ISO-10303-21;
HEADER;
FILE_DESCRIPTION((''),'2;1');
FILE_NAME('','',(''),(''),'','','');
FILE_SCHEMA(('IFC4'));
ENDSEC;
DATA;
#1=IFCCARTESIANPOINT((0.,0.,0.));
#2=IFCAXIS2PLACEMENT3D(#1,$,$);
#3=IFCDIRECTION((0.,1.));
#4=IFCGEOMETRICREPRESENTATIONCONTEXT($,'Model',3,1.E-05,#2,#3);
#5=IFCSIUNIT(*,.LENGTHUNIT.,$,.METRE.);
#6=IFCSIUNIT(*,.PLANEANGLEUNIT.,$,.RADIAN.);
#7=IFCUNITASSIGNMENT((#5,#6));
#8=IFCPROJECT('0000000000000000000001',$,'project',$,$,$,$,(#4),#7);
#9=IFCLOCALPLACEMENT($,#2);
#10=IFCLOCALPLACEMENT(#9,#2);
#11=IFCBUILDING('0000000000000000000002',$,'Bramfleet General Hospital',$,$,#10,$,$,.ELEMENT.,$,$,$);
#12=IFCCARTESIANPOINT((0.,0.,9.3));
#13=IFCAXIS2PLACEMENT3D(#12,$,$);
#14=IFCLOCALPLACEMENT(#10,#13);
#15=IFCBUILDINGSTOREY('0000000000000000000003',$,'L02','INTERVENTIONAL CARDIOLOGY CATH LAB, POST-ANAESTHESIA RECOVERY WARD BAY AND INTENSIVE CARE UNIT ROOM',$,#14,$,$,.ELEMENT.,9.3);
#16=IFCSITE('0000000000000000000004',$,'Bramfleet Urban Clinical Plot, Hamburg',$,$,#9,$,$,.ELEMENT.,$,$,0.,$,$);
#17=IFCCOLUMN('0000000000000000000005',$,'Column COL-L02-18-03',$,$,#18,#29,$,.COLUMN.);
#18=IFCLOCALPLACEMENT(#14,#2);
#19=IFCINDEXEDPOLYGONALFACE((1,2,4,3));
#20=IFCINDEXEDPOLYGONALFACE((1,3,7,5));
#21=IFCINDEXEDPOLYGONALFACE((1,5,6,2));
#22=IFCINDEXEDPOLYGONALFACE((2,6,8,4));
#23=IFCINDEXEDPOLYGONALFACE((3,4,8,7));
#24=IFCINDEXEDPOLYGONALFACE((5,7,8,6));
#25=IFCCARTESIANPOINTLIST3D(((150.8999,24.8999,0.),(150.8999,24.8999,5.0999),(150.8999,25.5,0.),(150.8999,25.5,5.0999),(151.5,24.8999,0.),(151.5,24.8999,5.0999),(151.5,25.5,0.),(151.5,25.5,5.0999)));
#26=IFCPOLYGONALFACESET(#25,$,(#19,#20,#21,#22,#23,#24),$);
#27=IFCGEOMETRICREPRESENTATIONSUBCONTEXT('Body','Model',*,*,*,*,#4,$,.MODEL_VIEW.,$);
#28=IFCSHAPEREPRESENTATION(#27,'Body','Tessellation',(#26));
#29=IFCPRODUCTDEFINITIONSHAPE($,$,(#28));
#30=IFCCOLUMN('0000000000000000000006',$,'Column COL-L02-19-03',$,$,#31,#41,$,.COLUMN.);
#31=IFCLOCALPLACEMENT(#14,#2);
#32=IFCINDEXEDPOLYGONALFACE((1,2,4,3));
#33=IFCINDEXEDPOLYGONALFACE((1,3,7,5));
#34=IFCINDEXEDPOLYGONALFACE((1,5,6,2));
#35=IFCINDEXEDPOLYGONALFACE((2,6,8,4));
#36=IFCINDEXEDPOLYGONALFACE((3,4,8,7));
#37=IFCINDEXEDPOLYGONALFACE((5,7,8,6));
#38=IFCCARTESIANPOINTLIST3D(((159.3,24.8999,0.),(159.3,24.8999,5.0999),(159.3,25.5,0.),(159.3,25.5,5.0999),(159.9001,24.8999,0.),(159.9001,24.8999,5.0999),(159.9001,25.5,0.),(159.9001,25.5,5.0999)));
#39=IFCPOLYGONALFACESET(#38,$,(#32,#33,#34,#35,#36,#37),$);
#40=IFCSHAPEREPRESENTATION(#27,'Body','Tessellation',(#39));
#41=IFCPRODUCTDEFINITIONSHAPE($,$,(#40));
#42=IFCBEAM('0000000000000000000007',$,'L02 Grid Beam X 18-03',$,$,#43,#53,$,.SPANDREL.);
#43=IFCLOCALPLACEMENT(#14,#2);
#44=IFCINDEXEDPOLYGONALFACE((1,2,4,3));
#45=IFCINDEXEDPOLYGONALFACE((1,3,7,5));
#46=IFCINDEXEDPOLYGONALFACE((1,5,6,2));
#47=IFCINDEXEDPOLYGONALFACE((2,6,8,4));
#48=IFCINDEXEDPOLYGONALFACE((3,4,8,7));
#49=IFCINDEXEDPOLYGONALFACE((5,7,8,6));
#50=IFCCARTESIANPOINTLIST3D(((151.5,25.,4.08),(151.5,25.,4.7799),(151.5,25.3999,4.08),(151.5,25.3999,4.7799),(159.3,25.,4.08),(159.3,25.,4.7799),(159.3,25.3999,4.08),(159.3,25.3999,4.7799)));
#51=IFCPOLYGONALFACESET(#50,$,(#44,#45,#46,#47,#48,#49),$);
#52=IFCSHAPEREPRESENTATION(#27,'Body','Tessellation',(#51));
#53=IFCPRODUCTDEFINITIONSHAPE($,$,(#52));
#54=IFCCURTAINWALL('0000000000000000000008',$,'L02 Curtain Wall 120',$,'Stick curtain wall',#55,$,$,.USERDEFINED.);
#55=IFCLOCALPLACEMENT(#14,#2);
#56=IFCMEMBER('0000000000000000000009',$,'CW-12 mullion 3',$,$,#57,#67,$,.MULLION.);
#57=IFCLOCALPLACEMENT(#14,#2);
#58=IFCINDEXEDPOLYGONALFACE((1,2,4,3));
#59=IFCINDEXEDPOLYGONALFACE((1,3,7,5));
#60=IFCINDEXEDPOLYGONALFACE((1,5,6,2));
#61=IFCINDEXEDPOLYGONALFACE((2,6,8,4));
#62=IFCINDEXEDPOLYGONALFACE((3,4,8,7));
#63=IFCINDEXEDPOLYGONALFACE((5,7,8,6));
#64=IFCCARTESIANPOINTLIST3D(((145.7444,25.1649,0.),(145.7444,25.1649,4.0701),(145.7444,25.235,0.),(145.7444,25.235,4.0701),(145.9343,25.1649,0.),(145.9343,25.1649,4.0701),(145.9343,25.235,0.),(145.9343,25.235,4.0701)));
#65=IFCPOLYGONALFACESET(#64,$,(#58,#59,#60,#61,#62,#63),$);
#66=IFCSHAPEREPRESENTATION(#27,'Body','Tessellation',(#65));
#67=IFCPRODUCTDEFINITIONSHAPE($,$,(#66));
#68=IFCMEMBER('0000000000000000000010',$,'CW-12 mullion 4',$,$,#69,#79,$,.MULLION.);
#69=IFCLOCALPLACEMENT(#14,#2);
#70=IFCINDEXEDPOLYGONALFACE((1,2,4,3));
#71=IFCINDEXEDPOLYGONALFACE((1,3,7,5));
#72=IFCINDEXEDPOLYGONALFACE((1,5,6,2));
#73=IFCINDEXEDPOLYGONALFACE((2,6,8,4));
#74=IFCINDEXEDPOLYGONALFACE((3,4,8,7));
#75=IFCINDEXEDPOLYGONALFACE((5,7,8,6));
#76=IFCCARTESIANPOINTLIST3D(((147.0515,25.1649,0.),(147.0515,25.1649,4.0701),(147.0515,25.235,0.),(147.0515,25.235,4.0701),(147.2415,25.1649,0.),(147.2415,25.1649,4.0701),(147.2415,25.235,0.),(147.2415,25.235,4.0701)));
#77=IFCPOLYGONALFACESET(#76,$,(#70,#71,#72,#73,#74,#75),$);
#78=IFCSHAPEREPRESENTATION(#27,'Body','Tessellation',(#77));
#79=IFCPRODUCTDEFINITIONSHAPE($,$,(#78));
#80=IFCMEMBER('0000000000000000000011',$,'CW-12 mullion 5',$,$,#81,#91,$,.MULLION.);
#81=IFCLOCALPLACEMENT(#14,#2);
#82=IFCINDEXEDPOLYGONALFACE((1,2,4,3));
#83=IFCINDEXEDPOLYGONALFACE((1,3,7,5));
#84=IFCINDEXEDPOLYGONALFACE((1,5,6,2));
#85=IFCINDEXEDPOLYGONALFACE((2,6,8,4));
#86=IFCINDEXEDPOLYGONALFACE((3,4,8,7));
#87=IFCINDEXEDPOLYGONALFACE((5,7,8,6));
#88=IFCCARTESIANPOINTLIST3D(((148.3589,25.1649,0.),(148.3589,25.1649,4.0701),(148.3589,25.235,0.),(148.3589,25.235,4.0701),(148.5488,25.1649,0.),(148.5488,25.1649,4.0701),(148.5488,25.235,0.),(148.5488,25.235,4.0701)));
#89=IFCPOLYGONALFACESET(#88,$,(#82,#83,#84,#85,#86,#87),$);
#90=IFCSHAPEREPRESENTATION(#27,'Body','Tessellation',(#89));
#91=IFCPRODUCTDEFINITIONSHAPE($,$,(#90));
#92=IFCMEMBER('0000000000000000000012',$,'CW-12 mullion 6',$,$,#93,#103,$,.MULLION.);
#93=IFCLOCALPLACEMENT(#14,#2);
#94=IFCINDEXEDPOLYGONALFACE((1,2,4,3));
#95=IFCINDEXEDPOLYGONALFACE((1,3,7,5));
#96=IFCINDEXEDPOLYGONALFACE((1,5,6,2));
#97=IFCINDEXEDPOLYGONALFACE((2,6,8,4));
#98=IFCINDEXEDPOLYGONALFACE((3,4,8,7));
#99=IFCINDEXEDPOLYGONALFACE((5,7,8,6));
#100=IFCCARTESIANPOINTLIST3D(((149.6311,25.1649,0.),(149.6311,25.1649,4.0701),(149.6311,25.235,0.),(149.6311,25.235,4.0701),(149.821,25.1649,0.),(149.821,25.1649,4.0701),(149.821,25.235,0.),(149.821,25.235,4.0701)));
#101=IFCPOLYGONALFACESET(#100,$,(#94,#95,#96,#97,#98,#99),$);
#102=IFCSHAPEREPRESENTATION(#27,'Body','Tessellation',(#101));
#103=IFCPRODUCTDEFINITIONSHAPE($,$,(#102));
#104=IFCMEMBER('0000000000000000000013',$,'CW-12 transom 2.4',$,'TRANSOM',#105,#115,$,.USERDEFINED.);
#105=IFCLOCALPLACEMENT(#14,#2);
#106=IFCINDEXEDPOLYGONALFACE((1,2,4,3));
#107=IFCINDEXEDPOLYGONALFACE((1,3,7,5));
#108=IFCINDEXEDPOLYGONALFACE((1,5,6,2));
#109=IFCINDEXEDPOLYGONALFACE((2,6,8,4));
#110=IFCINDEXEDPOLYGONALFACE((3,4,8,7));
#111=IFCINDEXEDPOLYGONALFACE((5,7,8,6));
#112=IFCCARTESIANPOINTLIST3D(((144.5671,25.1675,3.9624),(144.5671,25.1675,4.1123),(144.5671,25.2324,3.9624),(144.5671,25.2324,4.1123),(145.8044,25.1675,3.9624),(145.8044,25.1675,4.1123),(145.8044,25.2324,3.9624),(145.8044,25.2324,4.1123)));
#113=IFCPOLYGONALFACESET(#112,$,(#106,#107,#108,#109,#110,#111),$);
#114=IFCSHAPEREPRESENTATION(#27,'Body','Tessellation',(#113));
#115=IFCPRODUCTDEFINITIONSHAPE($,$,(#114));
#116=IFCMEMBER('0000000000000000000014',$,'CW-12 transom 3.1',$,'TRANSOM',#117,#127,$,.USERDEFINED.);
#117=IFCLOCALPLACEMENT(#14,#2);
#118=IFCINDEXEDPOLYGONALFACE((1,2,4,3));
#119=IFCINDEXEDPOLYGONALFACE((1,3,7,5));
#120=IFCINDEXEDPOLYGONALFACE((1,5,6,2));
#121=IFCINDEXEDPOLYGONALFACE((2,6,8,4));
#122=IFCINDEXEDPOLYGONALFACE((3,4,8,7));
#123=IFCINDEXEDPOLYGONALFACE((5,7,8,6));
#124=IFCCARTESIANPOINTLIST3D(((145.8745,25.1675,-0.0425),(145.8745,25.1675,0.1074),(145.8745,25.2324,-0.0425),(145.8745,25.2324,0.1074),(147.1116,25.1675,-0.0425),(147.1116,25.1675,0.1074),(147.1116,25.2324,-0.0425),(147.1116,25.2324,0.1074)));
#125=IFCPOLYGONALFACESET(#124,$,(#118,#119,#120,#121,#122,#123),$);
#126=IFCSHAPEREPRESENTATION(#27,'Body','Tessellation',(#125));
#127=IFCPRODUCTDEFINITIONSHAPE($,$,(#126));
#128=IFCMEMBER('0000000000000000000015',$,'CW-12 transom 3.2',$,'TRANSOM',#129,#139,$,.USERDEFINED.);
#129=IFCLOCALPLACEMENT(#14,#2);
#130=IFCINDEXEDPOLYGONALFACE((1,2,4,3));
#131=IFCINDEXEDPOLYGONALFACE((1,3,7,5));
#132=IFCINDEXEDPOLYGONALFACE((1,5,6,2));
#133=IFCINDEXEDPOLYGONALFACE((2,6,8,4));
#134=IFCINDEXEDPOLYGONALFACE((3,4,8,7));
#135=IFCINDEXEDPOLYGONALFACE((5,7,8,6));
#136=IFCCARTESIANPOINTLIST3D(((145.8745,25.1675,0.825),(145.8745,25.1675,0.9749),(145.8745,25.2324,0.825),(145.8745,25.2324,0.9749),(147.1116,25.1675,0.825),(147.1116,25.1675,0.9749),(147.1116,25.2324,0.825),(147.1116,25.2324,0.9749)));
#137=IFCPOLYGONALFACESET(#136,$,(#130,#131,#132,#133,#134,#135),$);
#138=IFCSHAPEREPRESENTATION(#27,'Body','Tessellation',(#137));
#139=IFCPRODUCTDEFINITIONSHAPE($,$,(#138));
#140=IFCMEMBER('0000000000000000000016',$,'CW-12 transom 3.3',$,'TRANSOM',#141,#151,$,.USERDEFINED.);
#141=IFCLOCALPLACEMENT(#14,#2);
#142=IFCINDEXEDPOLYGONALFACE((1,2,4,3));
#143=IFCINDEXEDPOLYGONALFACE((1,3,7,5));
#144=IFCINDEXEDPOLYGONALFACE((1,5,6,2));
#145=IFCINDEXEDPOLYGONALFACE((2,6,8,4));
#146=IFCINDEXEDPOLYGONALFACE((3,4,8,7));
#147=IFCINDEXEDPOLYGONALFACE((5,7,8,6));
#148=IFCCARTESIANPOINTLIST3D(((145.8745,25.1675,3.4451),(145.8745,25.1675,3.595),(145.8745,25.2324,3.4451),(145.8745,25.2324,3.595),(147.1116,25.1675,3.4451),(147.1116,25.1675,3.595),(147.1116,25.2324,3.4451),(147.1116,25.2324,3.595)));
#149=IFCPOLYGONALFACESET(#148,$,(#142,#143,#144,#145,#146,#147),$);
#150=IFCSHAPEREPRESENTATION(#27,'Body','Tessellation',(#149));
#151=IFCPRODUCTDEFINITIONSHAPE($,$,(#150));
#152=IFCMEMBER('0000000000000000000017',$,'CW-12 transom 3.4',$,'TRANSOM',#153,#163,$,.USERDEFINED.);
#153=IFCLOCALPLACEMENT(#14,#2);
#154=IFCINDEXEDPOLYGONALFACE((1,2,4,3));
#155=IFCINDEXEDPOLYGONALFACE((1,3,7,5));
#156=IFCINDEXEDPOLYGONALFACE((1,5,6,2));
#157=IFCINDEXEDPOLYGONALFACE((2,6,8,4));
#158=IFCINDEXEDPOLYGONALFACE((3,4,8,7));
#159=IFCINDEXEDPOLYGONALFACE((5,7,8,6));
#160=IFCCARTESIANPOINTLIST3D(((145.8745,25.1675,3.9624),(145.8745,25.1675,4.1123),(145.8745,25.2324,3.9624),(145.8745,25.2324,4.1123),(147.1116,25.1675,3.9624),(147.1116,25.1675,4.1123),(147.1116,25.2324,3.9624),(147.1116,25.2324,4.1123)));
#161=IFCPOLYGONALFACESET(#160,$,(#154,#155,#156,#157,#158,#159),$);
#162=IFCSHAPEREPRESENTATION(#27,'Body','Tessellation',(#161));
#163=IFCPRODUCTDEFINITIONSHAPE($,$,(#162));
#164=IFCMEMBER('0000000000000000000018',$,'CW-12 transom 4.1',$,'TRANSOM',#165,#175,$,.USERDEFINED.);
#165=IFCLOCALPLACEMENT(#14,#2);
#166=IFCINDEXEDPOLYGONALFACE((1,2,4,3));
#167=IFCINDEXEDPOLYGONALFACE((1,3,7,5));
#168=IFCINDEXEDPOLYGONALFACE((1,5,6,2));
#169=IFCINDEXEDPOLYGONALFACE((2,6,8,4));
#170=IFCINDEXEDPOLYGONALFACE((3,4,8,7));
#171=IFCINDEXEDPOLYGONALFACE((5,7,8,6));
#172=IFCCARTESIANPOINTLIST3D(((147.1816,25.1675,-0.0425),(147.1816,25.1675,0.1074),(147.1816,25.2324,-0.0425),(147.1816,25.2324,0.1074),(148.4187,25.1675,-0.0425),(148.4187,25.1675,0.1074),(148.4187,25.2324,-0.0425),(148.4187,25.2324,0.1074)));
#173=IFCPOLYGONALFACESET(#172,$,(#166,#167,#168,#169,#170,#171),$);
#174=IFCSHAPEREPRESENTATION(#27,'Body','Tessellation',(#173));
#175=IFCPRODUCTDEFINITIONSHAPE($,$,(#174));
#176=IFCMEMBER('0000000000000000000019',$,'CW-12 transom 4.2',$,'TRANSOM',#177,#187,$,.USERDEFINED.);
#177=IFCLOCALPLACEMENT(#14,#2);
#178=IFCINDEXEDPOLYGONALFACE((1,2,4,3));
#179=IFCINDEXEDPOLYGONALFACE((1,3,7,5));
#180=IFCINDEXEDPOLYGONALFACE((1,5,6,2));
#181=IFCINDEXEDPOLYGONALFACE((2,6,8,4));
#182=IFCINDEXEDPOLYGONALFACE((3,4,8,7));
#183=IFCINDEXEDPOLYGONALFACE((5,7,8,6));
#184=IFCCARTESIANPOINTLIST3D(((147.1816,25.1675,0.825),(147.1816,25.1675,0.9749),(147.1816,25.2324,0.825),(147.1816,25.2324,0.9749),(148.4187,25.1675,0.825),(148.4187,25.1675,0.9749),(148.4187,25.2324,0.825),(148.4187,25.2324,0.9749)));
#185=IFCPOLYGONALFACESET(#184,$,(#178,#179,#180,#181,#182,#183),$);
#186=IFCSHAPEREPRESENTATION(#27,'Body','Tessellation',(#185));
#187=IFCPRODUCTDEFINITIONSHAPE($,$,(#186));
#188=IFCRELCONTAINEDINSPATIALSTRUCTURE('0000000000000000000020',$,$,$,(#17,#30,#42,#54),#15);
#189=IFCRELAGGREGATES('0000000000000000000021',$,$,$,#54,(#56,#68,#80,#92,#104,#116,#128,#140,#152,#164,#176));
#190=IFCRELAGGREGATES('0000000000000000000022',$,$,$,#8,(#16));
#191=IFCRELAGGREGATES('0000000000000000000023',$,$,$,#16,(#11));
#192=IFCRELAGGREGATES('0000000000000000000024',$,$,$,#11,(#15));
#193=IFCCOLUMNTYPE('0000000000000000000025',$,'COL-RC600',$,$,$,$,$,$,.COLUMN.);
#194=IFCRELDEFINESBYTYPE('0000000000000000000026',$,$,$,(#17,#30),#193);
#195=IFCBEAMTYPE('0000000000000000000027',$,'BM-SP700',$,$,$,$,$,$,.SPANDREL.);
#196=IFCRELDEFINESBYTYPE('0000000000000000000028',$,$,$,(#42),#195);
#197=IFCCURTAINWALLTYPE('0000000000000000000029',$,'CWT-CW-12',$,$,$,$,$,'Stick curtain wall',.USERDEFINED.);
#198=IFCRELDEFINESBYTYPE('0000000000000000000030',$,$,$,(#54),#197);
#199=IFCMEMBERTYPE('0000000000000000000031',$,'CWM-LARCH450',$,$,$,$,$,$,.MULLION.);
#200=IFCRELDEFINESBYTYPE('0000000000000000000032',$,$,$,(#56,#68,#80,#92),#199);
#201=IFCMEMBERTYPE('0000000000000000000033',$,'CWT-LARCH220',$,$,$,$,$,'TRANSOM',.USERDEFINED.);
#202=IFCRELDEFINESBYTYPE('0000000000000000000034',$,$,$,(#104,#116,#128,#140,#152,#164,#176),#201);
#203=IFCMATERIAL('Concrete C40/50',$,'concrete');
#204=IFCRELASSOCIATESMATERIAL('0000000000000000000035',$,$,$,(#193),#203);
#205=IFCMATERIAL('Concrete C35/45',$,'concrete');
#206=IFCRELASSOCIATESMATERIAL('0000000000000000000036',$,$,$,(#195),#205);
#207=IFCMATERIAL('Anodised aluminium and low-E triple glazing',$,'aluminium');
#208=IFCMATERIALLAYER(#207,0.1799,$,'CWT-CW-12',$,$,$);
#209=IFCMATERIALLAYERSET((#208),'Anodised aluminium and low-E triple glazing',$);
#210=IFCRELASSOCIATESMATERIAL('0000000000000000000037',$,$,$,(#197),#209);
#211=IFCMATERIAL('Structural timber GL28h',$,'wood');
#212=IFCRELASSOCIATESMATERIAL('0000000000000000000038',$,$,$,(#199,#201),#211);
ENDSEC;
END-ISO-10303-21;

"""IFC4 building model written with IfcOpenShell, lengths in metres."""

from ifc_helpers import new_model, si_unit, direction, frame, origin, origin_2d, place, context, subcontext, project, spatial, rectangle, extrude, material, layer, layer_set, material_profile, profile_set, type_object, element, aggregate, save


model = new_model("IFC4")

# Units and contexts
model_context = context("Model", 3, precision=1e-05, world=origin(), true_north=direction((0.0, 1.0)))
body_context = subcontext(model_context, "Body", "Model", "MODEL_VIEW")
ifc_project = project(units=[si_unit("LENGTHUNIT", "METRE"), si_unit("PLANEANGLEUNIT", "RADIAN")], contexts=[model_context])

# Site, building, storey
site_placement = place(None, origin())
site = spatial("IfcSite", under=ifc_project, at=site_placement, Name="Bramfleet Urban Clinical Plot, Hamburg", CompositionType="ELEMENT", RefElevation=0.0)
building_placement = place(site_placement, origin())
building = spatial("IfcBuilding", under=site, at=building_placement, Name="Bramfleet General Hospital", CompositionType="ELEMENT")
storey_placement = place(building_placement, frame((0.0, 0.0, 9.3)))
storey = spatial("IfcBuildingStorey", under=building, at=storey_placement, Name="L02", Description="INTERVENTIONAL CARDIOLOGY CATH LAB, POST-ANAESTHESIA RECOVERY WARD BAY AND INTENSIVE CARE UNIT ROOM", CompositionType="ELEMENT", Elevation=9.3)

# Columns
ifc_material_1 = material(Name="Concrete C40/50", Category="concrete")
ifc_material_profile_1 = material_profile(ifc_material_1, rectangle(XDim=0.6001, YDim=0.6001, at=origin_2d()), Name="RC COL 600x600")
ifc_profile_set_1 = profile_set([ifc_material_profile_1], Name="Concrete C40/50")
column_type = type_object("IfcColumnType", Name="COL-RC600", PredefinedType="COLUMN", material=ifc_profile_set_1)
for number, where, z_axis, x_axis, name in (
    (1, (151.2, 25.2, 0.0), (0.0, 0.0, 1.0), (1.0, 0.0, 0.0), "Column COL-L02-18-03"),
    (2, (159.6001, 25.2, 0.0), (0.0, 0.0, 1.0), (1.0, 0.0, 0.0), "Column COL-L02-19-03"),
):
    element("IfcColumn", number, at=place(storey_placement, frame(where, z_axis=z_axis, x_axis=x_axis)), inside=storey, type_object=column_type, Name=name, PredefinedType="COLUMN", context=body_context, shape_type="SweptSolid", body=[
        extrude(rectangle(XDim=0.6001, YDim=0.6001, at=origin_2d()), origin(), (0.0, 0.0, 1.0), 5.0999),
    ])

# Beam
ifc_material_2 = material(Name="Concrete C35/45", Category="concrete")
ifc_material_profile_2 = material_profile(ifc_material_2, rectangle(XDim=0.3999, YDim=0.7, at=origin_2d()), Name="RC SP 700x400")
ifc_profile_set_2 = profile_set([ifc_material_profile_2], Name="Concrete C35/45")
beam_type = type_object("IfcBeamType", Name="BM-SP700", PredefinedType="SPANDREL", material=ifc_profile_set_2)
beam_placement = place(storey_placement, frame((151.5, 25.2, 4.4299), z_axis=(1.0, 0.0, 0.0), x_axis=(0.0, 1.0, 0.0)))
element("IfcBeam", 3, at=beam_placement, inside=storey, type_object=beam_type, Name="L02 Grid Beam X 18-03", PredefinedType="SPANDREL", context=body_context, shape_type="SweptSolid", body=[
    extrude(rectangle(XDim=0.3999, YDim=0.7, at=origin_2d()), origin(), (0.0, 0.0, 1.0), 7.8),
])

# Curtain wall, members
ifc_material_3 = material(Name="Anodised aluminium and low-E triple glazing", Category="aluminium")
ifc_layer_1 = layer(ifc_material_3, 0.1799, Name="CWT-CW-12")
ifc_layer_set_1 = layer_set([ifc_layer_1], Name="Anodised aluminium and low-E triple glazing")
curtain_wall_type = type_object("IfcCurtainWallType", Name="CWT-CW-12", ElementType="Stick curtain wall", PredefinedType="USERDEFINED", material=ifc_layer_set_1)
curtain_wall_placement = place(storey_placement, origin())
curtain_wall = element("IfcCurtainWall", 4, at=curtain_wall_placement, inside=storey, type_object=curtain_wall_type, Name="L02 Curtain Wall 120", ObjectType="Stick curtain wall", PredefinedType="USERDEFINED")
ifc_material_4 = material(Name="Structural timber GL28h", Category="wood")
ifc_material_profile_3 = material_profile(ifc_material_4, rectangle(XDim=0.0701, YDim=0.1899, at=origin_2d()), Name="LARCH 190x70")
ifc_profile_set_3 = profile_set([ifc_material_profile_3], Name="Structural timber GL28h")
member_type_1 = type_object("IfcMemberType", Name="CWM-LARCH450", PredefinedType="MULLION", material=ifc_profile_set_3)
member_1_placement = place(storey_placement, frame((145.8394, 25.2, 0.0), z_axis=(0.0, 0.0, 1.0), x_axis=(0.0, 1.0, 0.0)))
member_1 = element("IfcMember", 5, at=member_1_placement, type_object=member_type_1, Name="CW-12 mullion 3", PredefinedType="MULLION", context=body_context, shape_type="SweptSolid", body=[
    extrude(rectangle(XDim=0.0701, YDim=0.1899, at=origin_2d()), origin(), (0.0, 0.0, 1.0), 4.0701),
])
member_2_placement = place(storey_placement, frame((147.1465, 25.2, 0.0), z_axis=(0.0, 0.0, 1.0), x_axis=(0.0, 1.0, 0.0)))
member_2 = element("IfcMember", 6, at=member_2_placement, type_object=member_type_1, Name="CW-12 mullion 4", PredefinedType="MULLION", context=body_context, shape_type="SweptSolid", body=[
    extrude(rectangle(XDim=0.0701, YDim=0.1899, at=origin_2d()), origin(), (0.0, 0.0, 1.0), 4.0701),
])
member_3_placement = place(storey_placement, frame((148.4539, 25.2, 0.0), z_axis=(0.0, 0.0, 1.0), x_axis=(0.0, 1.0, 0.0)))
member_3 = element("IfcMember", 7, at=member_3_placement, type_object=member_type_1, Name="CW-12 mullion 5", PredefinedType="MULLION", context=body_context, shape_type="SweptSolid", body=[
    extrude(rectangle(XDim=0.0701, YDim=0.1899, at=origin_2d()), origin(), (0.0, 0.0, 1.0), 4.0701),
])
member_4_placement = place(storey_placement, frame((149.7261, 25.2, 0.0), z_axis=(0.0, 0.0, 1.0), x_axis=(0.0, 1.0, 0.0)))
member_4 = element("IfcMember", 8, at=member_4_placement, type_object=member_type_1, Name="CW-12 mullion 6", PredefinedType="MULLION", context=body_context, shape_type="SweptSolid", body=[
    extrude(rectangle(XDim=0.0701, YDim=0.1899, at=origin_2d()), origin(), (0.0, 0.0, 1.0), 4.0701),
])
ifc_material_profile_4 = material_profile(ifc_material_4, rectangle(XDim=0.0649, YDim=0.1499, at=origin_2d()), Name="LARCH 150x65")
ifc_profile_set_4 = profile_set([ifc_material_profile_4], Name="Structural timber GL28h")
member_type_2 = type_object("IfcMemberType", Name="CWT-LARCH220", ElementType="TRANSOM", PredefinedType="USERDEFINED", material=ifc_profile_set_4)
member_5_placement = place(storey_placement, frame((144.5671, 25.2, 4.0374), z_axis=(1.0, 0.0, 0.0), x_axis=(0.0, 1.0, 0.0)))
member_5 = element("IfcMember", 9, at=member_5_placement, type_object=member_type_2, Name="CW-12 transom 2.4", ObjectType="TRANSOM", PredefinedType="USERDEFINED", context=body_context, shape_type="SweptSolid", body=[
    extrude(rectangle(XDim=0.0649, YDim=0.1499, at=origin_2d()), origin(), (0.0, 0.0, 1.0), 1.2373),
])
member_6_placement = place(storey_placement, frame((145.8745, 25.2, 0.0325), z_axis=(1.0, 0.0, 0.0), x_axis=(0.0, 1.0, 0.0)))
member_6 = element("IfcMember", 10, at=member_6_placement, type_object=member_type_2, Name="CW-12 transom 3.1", ObjectType="TRANSOM", PredefinedType="USERDEFINED", context=body_context, shape_type="SweptSolid", body=[
    extrude(rectangle(XDim=0.0649, YDim=0.1499, at=origin_2d()), origin(), (0.0, 0.0, 1.0), 1.2371),
])
member_7_placement = place(storey_placement, frame((145.8745, 25.2, 0.8999), z_axis=(1.0, 0.0, 0.0), x_axis=(0.0, 1.0, 0.0)))
member_7 = element("IfcMember", 11, at=member_7_placement, type_object=member_type_2, Name="CW-12 transom 3.2", ObjectType="TRANSOM", PredefinedType="USERDEFINED", context=body_context, shape_type="SweptSolid", body=[
    extrude(rectangle(XDim=0.0649, YDim=0.1499, at=origin_2d()), origin(), (0.0, 0.0, 1.0), 1.2371),
])
member_8_placement = place(storey_placement, frame((145.8745, 25.2, 3.52), z_axis=(1.0, 0.0, 0.0), x_axis=(0.0, 1.0, 0.0)))
member_8 = element("IfcMember", 12, at=member_8_placement, type_object=member_type_2, Name="CW-12 transom 3.3", ObjectType="TRANSOM", PredefinedType="USERDEFINED", context=body_context, shape_type="SweptSolid", body=[
    extrude(rectangle(XDim=0.0649, YDim=0.1499, at=origin_2d()), origin(), (0.0, 0.0, 1.0), 1.2371),
])
member_9_placement = place(storey_placement, frame((145.8745, 25.2, 4.0374), z_axis=(1.0, 0.0, 0.0), x_axis=(0.0, 1.0, 0.0)))
member_9 = element("IfcMember", 13, at=member_9_placement, type_object=member_type_2, Name="CW-12 transom 3.4", ObjectType="TRANSOM", PredefinedType="USERDEFINED", context=body_context, shape_type="SweptSolid", body=[
    extrude(rectangle(XDim=0.0649, YDim=0.1499, at=origin_2d()), origin(), (0.0, 0.0, 1.0), 1.2371),
])
member_10_placement = place(storey_placement, frame((147.1816, 25.2, 0.0325), z_axis=(1.0, 0.0, 0.0), x_axis=(0.0, 1.0, 0.0)))
member_10 = element("IfcMember", 14, at=member_10_placement, type_object=member_type_2, Name="CW-12 transom 4.1", ObjectType="TRANSOM", PredefinedType="USERDEFINED", context=body_context, shape_type="SweptSolid", body=[
    extrude(rectangle(XDim=0.0649, YDim=0.1499, at=origin_2d()), origin(), (0.0, 0.0, 1.0), 1.2371),
])
member_11_placement = place(storey_placement, frame((147.1816, 25.2, 0.8999), z_axis=(1.0, 0.0, 0.0), x_axis=(0.0, 1.0, 0.0)))
member_11 = element("IfcMember", 15, at=member_11_placement, type_object=member_type_2, Name="CW-12 transom 4.2", ObjectType="TRANSOM", PredefinedType="USERDEFINED", context=body_context, shape_type="SweptSolid", body=[
    extrude(rectangle(XDim=0.0649, YDim=0.1499, at=origin_2d()), origin(), (0.0, 0.0, 1.0), 1.2371),
])
aggregate(curtain_wall, [member_1, member_2, member_3, member_4, member_5, member_6, member_7, member_8, member_9, member_10, member_11])

save(model, "model.ifc")
